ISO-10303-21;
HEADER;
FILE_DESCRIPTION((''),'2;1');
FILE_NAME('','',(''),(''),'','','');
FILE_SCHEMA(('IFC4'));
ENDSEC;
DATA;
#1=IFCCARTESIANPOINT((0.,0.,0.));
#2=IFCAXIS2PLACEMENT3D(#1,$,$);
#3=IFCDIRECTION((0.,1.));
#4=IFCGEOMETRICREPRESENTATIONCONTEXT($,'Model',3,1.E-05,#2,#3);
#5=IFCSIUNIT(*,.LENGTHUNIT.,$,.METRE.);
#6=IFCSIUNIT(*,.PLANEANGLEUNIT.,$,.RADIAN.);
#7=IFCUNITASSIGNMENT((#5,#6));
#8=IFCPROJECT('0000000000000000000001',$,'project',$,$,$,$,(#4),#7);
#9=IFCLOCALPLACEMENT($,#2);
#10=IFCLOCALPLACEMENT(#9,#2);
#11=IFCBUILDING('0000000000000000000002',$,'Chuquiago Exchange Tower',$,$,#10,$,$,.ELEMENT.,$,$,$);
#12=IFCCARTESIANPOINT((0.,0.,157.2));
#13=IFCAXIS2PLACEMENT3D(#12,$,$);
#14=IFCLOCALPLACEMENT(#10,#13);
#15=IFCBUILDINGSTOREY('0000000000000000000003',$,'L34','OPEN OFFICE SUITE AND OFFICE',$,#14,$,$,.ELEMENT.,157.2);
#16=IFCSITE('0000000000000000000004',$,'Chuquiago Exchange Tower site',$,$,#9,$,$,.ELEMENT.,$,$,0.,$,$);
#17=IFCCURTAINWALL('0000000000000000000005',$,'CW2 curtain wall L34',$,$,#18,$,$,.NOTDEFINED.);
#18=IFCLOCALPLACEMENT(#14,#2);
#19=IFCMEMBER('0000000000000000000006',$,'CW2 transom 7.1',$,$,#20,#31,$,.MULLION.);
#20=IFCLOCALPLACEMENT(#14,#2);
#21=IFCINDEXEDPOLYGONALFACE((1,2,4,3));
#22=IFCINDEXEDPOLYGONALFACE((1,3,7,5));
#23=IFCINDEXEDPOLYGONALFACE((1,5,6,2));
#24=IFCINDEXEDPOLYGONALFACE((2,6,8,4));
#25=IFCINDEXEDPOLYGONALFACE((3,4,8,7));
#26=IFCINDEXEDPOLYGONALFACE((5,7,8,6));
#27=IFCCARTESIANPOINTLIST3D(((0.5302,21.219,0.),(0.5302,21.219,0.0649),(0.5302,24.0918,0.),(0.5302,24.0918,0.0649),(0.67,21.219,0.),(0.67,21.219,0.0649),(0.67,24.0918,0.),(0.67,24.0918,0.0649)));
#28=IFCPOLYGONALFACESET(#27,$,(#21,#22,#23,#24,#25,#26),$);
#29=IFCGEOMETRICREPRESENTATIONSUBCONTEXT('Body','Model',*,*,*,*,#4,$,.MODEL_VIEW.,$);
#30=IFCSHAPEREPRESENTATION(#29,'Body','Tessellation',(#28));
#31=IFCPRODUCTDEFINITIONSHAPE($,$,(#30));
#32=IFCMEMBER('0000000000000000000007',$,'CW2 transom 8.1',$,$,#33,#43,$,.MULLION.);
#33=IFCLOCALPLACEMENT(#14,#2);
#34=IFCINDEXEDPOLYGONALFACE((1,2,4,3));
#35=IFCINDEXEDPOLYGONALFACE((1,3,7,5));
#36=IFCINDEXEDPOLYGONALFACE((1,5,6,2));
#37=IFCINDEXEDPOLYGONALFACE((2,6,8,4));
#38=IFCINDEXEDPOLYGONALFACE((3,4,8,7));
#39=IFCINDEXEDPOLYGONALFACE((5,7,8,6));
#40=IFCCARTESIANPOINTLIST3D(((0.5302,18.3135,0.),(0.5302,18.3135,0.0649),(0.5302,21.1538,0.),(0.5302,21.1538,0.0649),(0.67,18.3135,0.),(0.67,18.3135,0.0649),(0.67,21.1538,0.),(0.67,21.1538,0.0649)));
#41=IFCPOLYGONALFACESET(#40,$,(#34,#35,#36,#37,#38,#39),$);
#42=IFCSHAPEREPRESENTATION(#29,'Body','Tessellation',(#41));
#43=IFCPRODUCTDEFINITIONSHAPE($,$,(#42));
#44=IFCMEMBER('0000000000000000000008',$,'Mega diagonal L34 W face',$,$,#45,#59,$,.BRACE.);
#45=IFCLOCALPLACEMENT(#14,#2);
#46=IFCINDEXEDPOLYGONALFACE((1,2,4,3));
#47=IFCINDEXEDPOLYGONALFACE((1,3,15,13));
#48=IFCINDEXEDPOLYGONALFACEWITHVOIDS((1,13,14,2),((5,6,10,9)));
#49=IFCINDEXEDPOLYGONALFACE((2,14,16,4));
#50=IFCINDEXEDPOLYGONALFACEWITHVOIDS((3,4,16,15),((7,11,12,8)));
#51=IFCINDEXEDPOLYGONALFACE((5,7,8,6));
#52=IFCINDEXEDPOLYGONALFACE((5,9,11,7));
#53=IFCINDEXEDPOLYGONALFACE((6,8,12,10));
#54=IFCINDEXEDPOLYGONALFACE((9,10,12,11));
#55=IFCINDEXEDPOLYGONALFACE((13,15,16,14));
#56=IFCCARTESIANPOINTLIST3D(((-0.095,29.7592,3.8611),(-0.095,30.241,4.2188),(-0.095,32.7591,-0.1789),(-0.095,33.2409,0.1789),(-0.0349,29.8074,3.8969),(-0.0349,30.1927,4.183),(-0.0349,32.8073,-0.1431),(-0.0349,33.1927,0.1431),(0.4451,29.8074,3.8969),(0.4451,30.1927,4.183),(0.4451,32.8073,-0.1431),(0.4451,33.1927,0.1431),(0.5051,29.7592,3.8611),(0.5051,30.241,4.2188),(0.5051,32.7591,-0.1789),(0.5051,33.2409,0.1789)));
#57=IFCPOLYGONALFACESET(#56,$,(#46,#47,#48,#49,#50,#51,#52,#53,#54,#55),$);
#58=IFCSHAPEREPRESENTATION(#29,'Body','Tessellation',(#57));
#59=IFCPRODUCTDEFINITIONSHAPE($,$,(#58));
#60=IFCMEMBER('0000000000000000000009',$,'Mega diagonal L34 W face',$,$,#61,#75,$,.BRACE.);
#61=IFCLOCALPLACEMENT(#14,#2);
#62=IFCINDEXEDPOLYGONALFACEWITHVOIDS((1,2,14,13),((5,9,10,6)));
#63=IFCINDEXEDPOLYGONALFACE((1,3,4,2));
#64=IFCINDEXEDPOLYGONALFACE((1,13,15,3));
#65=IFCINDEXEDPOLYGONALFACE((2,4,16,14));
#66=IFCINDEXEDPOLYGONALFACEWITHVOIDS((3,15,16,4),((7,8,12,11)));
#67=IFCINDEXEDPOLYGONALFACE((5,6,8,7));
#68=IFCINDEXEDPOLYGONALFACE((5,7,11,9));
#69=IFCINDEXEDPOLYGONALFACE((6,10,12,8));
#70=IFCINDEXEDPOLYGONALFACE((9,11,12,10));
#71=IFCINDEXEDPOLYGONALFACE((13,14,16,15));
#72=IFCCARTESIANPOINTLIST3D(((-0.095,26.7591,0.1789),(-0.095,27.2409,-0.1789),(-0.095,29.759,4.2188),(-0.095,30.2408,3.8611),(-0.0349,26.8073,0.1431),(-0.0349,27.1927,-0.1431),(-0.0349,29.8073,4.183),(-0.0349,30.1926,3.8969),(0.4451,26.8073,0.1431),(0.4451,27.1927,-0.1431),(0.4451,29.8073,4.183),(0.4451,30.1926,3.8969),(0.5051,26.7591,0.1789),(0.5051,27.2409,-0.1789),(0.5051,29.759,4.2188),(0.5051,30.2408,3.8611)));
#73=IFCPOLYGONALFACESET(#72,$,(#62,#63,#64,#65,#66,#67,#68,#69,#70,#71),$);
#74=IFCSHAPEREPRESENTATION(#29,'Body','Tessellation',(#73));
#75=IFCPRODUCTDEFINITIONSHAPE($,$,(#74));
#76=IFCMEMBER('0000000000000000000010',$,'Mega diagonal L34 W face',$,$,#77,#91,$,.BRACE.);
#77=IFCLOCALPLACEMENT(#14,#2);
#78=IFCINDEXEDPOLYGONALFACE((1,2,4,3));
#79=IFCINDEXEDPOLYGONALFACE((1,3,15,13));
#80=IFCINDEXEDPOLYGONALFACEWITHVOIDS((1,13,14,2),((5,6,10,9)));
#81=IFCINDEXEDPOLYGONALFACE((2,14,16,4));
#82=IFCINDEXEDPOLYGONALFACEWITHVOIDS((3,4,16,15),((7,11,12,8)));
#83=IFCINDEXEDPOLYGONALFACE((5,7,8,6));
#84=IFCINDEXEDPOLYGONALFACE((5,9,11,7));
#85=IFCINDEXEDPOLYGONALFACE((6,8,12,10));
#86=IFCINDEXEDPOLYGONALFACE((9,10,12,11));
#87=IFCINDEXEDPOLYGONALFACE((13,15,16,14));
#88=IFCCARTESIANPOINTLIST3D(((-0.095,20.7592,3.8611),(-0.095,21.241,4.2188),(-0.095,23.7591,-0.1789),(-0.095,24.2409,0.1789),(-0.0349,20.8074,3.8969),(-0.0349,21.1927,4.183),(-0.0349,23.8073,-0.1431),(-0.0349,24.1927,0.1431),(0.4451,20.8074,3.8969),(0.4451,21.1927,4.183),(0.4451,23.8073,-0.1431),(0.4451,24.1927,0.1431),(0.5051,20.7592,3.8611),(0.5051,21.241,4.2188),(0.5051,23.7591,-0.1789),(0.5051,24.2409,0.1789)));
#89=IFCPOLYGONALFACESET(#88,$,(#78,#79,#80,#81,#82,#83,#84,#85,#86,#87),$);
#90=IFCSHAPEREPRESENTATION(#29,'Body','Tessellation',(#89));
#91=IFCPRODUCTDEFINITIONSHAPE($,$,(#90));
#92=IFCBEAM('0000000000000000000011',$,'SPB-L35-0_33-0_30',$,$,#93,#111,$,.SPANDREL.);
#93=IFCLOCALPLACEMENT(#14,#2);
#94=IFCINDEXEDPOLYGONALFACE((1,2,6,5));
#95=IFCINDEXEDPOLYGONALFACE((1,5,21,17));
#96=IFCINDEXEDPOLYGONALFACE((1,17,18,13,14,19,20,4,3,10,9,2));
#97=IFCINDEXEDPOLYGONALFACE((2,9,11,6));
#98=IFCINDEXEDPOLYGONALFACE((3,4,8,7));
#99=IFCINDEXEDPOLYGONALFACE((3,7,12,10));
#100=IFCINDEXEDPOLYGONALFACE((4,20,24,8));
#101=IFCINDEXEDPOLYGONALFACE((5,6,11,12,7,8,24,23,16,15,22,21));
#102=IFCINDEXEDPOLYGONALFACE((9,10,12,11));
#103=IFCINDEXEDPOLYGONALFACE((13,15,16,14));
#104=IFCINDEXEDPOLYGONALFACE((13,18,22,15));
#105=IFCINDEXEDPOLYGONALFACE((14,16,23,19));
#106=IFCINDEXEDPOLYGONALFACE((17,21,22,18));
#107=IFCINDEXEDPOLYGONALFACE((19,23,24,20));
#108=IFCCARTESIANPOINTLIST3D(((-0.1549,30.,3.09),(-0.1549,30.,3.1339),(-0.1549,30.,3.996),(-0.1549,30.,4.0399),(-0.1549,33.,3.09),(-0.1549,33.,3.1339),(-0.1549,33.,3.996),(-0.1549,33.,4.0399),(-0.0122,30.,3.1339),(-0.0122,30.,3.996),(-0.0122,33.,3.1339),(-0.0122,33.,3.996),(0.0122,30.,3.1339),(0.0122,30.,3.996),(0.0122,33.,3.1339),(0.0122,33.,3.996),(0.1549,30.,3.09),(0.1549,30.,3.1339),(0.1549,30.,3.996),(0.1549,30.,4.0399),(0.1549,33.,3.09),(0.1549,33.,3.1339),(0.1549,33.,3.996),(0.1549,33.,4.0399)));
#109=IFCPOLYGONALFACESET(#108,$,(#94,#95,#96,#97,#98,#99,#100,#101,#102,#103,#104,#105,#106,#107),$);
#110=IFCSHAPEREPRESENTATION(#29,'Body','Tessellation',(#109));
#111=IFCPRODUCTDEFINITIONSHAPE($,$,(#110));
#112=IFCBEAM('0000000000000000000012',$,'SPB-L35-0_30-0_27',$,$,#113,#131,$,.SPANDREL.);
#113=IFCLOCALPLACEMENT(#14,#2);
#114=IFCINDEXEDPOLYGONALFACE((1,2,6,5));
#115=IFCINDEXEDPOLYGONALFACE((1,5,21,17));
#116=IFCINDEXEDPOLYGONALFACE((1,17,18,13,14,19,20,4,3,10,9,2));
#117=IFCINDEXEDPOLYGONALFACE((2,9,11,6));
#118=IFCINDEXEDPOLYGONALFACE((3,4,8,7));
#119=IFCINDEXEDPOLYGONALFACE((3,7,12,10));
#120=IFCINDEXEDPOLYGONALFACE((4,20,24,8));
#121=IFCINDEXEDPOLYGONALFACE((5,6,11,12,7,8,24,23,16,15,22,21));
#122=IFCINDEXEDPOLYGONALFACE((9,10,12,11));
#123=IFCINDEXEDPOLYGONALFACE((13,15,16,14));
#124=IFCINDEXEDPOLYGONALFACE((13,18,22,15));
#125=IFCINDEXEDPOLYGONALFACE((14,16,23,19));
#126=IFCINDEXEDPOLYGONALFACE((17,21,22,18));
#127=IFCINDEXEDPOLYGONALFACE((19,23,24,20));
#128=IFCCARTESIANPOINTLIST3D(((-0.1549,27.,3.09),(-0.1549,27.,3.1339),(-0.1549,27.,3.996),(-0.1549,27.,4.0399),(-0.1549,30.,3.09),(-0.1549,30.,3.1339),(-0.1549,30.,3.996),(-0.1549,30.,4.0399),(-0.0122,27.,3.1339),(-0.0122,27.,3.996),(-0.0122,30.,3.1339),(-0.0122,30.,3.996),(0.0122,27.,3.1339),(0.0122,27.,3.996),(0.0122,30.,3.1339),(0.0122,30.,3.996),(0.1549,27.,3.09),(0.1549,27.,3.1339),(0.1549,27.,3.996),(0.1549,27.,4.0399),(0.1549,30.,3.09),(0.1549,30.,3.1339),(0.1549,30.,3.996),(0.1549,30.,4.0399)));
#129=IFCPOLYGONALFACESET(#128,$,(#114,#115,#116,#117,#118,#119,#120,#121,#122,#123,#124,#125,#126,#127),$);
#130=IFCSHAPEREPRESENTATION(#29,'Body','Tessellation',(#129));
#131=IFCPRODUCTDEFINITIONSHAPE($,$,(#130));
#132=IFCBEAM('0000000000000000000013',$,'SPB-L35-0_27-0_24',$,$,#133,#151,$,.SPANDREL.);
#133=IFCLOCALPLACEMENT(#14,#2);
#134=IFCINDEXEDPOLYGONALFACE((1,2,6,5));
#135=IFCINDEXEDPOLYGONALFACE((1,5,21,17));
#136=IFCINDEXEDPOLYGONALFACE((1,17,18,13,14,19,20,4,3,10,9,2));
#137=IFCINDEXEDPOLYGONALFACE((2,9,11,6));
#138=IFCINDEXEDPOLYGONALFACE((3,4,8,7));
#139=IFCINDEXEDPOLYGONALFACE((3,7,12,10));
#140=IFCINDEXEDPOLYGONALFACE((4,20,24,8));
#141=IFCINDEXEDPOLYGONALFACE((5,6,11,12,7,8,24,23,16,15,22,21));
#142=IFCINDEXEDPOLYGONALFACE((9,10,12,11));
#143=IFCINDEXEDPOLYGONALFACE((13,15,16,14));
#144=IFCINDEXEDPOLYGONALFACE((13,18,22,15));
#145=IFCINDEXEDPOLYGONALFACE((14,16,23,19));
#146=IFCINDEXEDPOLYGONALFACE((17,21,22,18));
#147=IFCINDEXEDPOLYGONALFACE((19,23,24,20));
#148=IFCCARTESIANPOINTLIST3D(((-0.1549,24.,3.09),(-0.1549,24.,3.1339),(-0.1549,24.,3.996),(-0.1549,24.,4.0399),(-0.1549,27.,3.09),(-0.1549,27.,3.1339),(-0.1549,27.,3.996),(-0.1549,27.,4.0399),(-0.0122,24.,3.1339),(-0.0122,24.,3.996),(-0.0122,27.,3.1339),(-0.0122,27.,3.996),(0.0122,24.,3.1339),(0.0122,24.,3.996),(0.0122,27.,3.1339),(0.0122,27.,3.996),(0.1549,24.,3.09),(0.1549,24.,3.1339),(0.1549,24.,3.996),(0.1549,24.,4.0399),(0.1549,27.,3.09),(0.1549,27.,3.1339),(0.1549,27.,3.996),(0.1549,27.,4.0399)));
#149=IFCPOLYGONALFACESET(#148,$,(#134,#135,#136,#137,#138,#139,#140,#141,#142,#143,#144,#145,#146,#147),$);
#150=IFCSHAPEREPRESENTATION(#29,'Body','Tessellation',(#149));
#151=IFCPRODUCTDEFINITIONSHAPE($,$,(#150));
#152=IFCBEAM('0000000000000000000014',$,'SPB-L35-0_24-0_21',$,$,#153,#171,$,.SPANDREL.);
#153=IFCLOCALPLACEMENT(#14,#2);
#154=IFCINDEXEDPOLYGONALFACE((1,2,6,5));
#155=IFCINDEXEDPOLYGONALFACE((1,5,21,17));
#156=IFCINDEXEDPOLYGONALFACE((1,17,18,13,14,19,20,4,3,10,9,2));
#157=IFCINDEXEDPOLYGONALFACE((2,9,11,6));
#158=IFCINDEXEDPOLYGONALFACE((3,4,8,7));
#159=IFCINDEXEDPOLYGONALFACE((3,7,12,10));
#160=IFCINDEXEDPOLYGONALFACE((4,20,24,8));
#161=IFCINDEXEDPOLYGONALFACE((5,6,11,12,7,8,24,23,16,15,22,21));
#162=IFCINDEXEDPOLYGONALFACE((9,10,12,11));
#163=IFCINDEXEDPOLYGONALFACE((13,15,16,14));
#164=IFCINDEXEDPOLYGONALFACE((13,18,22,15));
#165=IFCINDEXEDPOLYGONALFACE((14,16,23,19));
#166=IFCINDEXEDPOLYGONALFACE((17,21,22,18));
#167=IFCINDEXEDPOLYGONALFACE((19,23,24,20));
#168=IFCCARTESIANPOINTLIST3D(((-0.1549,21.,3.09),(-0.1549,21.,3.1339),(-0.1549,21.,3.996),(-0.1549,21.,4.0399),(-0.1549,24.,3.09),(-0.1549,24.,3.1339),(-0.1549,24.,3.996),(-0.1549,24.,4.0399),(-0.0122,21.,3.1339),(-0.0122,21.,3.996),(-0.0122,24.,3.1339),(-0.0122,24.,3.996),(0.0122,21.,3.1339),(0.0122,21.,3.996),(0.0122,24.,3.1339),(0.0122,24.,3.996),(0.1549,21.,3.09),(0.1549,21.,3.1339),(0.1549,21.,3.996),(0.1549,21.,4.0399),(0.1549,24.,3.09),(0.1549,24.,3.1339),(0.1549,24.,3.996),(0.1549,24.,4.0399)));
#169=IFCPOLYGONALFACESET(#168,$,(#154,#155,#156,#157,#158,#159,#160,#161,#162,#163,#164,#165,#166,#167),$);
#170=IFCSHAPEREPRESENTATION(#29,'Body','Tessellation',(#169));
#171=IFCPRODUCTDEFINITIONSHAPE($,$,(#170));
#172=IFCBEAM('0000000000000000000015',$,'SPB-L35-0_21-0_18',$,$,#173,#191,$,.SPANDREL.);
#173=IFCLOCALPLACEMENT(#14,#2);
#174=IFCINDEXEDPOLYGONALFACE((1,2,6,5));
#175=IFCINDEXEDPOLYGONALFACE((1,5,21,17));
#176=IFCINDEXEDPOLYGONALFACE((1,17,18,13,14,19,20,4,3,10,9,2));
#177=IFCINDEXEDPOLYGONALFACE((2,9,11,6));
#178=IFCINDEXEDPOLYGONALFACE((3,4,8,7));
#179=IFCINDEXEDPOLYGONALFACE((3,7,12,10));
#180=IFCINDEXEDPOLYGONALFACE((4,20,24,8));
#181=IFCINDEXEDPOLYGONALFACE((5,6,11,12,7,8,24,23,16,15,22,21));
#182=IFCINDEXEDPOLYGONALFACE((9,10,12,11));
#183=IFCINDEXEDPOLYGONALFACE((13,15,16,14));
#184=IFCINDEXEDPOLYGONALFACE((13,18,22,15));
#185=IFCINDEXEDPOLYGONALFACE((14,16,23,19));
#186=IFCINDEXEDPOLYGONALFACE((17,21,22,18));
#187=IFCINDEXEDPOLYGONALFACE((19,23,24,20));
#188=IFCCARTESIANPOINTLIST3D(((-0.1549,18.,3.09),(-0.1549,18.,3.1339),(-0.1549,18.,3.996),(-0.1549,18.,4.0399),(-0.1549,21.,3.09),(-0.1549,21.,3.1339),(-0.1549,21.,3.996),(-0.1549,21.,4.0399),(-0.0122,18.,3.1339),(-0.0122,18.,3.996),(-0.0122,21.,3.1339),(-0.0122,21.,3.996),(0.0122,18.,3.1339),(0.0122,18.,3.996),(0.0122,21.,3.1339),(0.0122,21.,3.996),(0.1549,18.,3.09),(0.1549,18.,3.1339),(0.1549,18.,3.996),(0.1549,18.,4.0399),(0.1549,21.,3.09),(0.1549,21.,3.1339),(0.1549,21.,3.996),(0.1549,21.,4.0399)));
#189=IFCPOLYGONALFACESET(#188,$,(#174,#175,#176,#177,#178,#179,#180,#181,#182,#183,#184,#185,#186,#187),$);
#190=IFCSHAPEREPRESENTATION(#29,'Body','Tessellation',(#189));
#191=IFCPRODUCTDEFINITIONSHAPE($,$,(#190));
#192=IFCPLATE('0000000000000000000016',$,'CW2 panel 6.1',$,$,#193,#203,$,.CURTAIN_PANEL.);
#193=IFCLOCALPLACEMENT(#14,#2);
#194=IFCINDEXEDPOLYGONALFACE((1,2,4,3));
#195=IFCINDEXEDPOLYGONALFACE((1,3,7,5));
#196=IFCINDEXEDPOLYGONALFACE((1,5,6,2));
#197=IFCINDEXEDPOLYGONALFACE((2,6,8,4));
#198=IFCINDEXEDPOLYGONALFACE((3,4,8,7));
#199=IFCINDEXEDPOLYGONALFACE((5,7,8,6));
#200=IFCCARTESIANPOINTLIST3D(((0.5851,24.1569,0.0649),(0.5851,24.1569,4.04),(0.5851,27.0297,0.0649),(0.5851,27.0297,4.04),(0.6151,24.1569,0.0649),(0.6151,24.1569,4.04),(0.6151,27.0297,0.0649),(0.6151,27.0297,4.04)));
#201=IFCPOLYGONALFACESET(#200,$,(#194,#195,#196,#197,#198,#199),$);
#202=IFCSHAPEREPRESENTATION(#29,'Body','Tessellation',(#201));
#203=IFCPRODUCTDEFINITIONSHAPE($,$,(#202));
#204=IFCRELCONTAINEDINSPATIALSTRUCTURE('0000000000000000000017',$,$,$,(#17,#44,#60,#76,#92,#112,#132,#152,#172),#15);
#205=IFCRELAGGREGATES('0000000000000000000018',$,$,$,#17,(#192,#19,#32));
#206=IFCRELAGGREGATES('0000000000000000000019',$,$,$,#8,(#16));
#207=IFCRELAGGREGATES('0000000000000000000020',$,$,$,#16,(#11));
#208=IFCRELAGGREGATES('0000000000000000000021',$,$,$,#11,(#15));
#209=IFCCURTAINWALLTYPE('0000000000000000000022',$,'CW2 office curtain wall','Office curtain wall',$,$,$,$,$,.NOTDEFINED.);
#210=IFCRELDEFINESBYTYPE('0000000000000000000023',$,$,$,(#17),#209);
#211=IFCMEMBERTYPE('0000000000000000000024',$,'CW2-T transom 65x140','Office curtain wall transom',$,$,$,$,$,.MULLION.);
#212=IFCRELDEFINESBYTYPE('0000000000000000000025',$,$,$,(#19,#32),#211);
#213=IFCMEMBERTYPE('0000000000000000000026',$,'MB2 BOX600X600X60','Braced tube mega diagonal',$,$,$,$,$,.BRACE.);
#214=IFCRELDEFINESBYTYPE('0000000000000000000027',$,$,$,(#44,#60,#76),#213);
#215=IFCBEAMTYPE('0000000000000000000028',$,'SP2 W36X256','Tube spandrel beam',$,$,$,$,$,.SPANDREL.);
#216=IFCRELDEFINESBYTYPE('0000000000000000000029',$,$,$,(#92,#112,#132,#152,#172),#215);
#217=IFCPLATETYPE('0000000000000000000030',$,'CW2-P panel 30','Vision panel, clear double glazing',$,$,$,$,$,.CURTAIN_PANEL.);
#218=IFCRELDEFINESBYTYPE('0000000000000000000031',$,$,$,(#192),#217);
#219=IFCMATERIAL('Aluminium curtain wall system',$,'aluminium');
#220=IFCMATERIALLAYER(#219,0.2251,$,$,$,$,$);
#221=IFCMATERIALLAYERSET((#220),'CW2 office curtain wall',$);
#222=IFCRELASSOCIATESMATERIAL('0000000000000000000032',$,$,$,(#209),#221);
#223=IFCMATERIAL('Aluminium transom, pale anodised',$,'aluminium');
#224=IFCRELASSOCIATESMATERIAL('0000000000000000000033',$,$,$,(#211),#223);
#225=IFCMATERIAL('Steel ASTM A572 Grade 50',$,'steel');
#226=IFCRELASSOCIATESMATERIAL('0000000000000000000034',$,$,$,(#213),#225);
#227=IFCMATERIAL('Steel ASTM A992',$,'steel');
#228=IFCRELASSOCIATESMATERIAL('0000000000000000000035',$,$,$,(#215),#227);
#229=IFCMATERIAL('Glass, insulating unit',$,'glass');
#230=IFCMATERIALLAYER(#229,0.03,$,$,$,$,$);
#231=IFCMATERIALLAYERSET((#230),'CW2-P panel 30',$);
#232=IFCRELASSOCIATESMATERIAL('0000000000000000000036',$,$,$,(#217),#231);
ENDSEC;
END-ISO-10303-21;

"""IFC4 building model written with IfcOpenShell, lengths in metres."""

from ifc_helpers import new_model, si_unit, direction, frame, origin, origin_2d, place, context, subcontext, project, spatial, rectangle, hollow_rectangle, i_section, extrude, material, layer, layer_set, material_profile, profile_set, type_object, element, aggregate, save


model = new_model("IFC4")

# Units and contexts
model_context = context("Model", 3, precision=1e-05, world=origin(), true_north=direction((0.0, 1.0)))
body_context = subcontext(model_context, "Body", "Model", "MODEL_VIEW")
ifc_project = project(units=[si_unit("LENGTHUNIT", "METRE"), si_unit("PLANEANGLEUNIT", "RADIAN")], contexts=[model_context])

# Site, building, storey
site_placement = place(None, origin())
site = spatial("IfcSite", under=ifc_project, at=site_placement, Name="Chuquiago Exchange Tower site", CompositionType="ELEMENT", RefElevation=0.0)
building_placement = place(site_placement, origin())
building = spatial("IfcBuilding", under=site, at=building_placement, Name="Chuquiago Exchange Tower", CompositionType="ELEMENT")
storey_placement = place(building_placement, frame((0.0, 0.0, 157.2)))
storey = spatial("IfcBuildingStorey", under=building, at=storey_placement, Name="L34", Description="OPEN OFFICE SUITE AND OFFICE", CompositionType="ELEMENT", Elevation=157.2)

# Curtain wall, members
ifc_material_1 = material(Name="Aluminium curtain wall system", Category="aluminium")
ifc_layer_1 = layer(ifc_material_1, 0.2251)
ifc_layer_set_1 = layer_set([ifc_layer_1], Name="CW2 office curtain wall")
curtain_wall_type = type_object("IfcCurtainWallType", Name="CW2 office curtain wall", Description="Office curtain wall", PredefinedType="NOTDEFINED", material=ifc_layer_set_1)
curtain_wall_placement = place(storey_placement, origin())
curtain_wall = element("IfcCurtainWall", 1, at=curtain_wall_placement, inside=storey, type_object=curtain_wall_type, Name="CW2 curtain wall L34", PredefinedType="NOTDEFINED")
ifc_material_2 = material(Name="Aluminium transom, pale anodised", Category="aluminium")
ifc_material_profile_1 = material_profile(ifc_material_2, rectangle(XDim=0.1399, YDim=0.0649, at=origin_2d()), Name="AL 140x65")
ifc_profile_set_1 = profile_set([ifc_material_profile_1], Name="Aluminium transom, pale anodised")
member_type_1 = type_object("IfcMemberType", Name="CW2-T transom 65x140", Description="Office curtain wall transom", PredefinedType="MULLION", material=ifc_profile_set_1)
member_1_placement = place(storey_placement, frame((0.6001, 24.0918, 0.0325), z_axis=(0.0, -1.0, 0.0), x_axis=(1.0, 0.0, 0.0)))
member_1 = element("IfcMember", 2, at=member_1_placement, type_object=member_type_1, Name="CW2 transom 7.1", PredefinedType="MULLION", context=body_context, shape_type="SweptSolid", body=[
    extrude(rectangle(XDim=0.1399, YDim=0.0649, at=origin_2d()), origin(), (0.0, 0.0, 1.0), 2.8728),
])
member_2_placement = place(storey_placement, frame((0.6001, 21.1538, 0.0325), z_axis=(0.0, -1.0, 0.0), x_axis=(1.0, 0.0, 0.0)))
member_2 = element("IfcMember", 3, at=member_2_placement, type_object=member_type_1, Name="CW2 transom 8.1", PredefinedType="MULLION", context=body_context, shape_type="SweptSolid", body=[
    extrude(rectangle(XDim=0.1399, YDim=0.0649, at=origin_2d()), origin(), (0.0, 0.0, 1.0), 2.8403),
])

# Members
ifc_material_3 = material(Name="Steel ASTM A572 Grade 50", Category="steel")
ifc_material_profile_2 = material_profile(ifc_material_3, hollow_rectangle(XDim=0.6001, YDim=0.6001, WallThickness=0.0601, at=origin_2d()), Name="BOX600X600X60")
ifc_profile_set_2 = profile_set([ifc_material_profile_2], Name="Steel ASTM A572 Grade 50")
member_type_2 = type_object("IfcMemberType", Name="MB2 BOX600X600X60", Description="Braced tube mega diagonal", PredefinedType="BRACE", material=ifc_profile_set_2)
for number, where, z_axis, x_axis, name in (
    (4, (0.2051, 33.0, 0.0), (0.0, -0.596174, 0.802855), (1.0, 0.0, 0.0), "Mega diagonal L34 W face"),
    (5, (0.2051, 27.0, 0.0), (0.0, 0.596174, 0.802855), (-1.0, 0.0, 0.0), "Mega diagonal L34 W face"),
    (6, (0.2051, 24.0, 0.0), (0.0, -0.596174, 0.802855), (1.0, 0.0, 0.0), "Mega diagonal L34 W face"),
):
    element("IfcMember", number, at=place(storey_placement, frame(where, z_axis=z_axis, x_axis=x_axis)), inside=storey, type_object=member_type_2, Name=name, PredefinedType="BRACE", context=body_context, shape_type="SweptSolid", body=[
        extrude(hollow_rectangle(XDim=0.6001, YDim=0.6001, WallThickness=0.0601, at=origin_2d()), origin(), (0.0, 0.0, 1.0), 5.032),
    ])

# Beams
ifc_material_4 = material(Name="Steel ASTM A992", Category="steel")
ifc_material_profile_3 = material_profile(ifc_material_4, i_section(OverallWidth=0.3098, OverallDepth=0.95, WebThickness=0.0244, FlangeThickness=0.0439, at=origin_2d()), Name="W36X256")
ifc_profile_set_3 = profile_set([ifc_material_profile_3], Name="Steel ASTM A992")
beam_type = type_object("IfcBeamType", Name="SP2 W36X256", Description="Tube spandrel beam", PredefinedType="SPANDREL", material=ifc_profile_set_3)
for number, where, z_axis, x_axis, name in (
    (7, (0.0, 33.0, 3.5649), (0.0, -1.0, 0.0), (1.0, 0.0, 0.0), "SPB-L35-0_33-0_30"),
    (8, (0.0, 30.0, 3.5649), (0.0, -1.0, 0.0), (1.0, 0.0, 0.0), "SPB-L35-0_30-0_27"),
    (9, (0.0, 27.0, 3.5649), (0.0, -1.0, 0.0), (1.0, 0.0, 0.0), "SPB-L35-0_27-0_24"),
    (10, (0.0, 24.0, 3.5649), (0.0, -1.0, 0.0), (1.0, 0.0, 0.0), "SPB-L35-0_24-0_21"),
    (11, (0.0, 21.0, 3.5649), (0.0, -1.0, 0.0), (1.0, 0.0, 0.0), "SPB-L35-0_21-0_18"),
):
    element("IfcBeam", number, at=place(storey_placement, frame(where, z_axis=z_axis, x_axis=x_axis)), inside=storey, type_object=beam_type, Name=name, PredefinedType="SPANDREL", context=body_context, shape_type="SweptSolid", body=[
        extrude(i_section(OverallWidth=0.3098, OverallDepth=0.95, WebThickness=0.0244, FlangeThickness=0.0439, at=origin_2d()), origin(), (0.0, 0.0, 1.0), 3.0),
    ])

# Plate
ifc_material_5 = material(Name="Glass, insulating unit", Category="glass")
ifc_layer_2 = layer(ifc_material_5, 0.03)
ifc_layer_set_2 = layer_set([ifc_layer_2], Name="CW2-P panel 30")
plate_type_1 = type_object("IfcPlateType", Name="CW2-P panel 30", Description="Vision panel, clear double glazing", PredefinedType="CURTAIN_PANEL", material=ifc_layer_set_2)
plate_1_placement = place(storey_placement, frame((0.6001, 25.5933, 0.0649), z_axis=(0.0, 0.0, 1.0), x_axis=(0.0, -1.0, 0.0)))
plate_1 = element("IfcPlate", 12, at=plate_1_placement, type_object=plate_type_1, Name="CW2 panel 6.1", PredefinedType="CURTAIN_PANEL", context=body_context, shape_type="SweptSolid", body=[
    extrude(rectangle(XDim=2.8728, YDim=0.03, at=origin_2d()), origin(), (0.0, 0.0, 1.0), 3.9751),
])
aggregate(curtain_wall, [plate_1, member_1, member_2])

save(model, "model.ifc")
